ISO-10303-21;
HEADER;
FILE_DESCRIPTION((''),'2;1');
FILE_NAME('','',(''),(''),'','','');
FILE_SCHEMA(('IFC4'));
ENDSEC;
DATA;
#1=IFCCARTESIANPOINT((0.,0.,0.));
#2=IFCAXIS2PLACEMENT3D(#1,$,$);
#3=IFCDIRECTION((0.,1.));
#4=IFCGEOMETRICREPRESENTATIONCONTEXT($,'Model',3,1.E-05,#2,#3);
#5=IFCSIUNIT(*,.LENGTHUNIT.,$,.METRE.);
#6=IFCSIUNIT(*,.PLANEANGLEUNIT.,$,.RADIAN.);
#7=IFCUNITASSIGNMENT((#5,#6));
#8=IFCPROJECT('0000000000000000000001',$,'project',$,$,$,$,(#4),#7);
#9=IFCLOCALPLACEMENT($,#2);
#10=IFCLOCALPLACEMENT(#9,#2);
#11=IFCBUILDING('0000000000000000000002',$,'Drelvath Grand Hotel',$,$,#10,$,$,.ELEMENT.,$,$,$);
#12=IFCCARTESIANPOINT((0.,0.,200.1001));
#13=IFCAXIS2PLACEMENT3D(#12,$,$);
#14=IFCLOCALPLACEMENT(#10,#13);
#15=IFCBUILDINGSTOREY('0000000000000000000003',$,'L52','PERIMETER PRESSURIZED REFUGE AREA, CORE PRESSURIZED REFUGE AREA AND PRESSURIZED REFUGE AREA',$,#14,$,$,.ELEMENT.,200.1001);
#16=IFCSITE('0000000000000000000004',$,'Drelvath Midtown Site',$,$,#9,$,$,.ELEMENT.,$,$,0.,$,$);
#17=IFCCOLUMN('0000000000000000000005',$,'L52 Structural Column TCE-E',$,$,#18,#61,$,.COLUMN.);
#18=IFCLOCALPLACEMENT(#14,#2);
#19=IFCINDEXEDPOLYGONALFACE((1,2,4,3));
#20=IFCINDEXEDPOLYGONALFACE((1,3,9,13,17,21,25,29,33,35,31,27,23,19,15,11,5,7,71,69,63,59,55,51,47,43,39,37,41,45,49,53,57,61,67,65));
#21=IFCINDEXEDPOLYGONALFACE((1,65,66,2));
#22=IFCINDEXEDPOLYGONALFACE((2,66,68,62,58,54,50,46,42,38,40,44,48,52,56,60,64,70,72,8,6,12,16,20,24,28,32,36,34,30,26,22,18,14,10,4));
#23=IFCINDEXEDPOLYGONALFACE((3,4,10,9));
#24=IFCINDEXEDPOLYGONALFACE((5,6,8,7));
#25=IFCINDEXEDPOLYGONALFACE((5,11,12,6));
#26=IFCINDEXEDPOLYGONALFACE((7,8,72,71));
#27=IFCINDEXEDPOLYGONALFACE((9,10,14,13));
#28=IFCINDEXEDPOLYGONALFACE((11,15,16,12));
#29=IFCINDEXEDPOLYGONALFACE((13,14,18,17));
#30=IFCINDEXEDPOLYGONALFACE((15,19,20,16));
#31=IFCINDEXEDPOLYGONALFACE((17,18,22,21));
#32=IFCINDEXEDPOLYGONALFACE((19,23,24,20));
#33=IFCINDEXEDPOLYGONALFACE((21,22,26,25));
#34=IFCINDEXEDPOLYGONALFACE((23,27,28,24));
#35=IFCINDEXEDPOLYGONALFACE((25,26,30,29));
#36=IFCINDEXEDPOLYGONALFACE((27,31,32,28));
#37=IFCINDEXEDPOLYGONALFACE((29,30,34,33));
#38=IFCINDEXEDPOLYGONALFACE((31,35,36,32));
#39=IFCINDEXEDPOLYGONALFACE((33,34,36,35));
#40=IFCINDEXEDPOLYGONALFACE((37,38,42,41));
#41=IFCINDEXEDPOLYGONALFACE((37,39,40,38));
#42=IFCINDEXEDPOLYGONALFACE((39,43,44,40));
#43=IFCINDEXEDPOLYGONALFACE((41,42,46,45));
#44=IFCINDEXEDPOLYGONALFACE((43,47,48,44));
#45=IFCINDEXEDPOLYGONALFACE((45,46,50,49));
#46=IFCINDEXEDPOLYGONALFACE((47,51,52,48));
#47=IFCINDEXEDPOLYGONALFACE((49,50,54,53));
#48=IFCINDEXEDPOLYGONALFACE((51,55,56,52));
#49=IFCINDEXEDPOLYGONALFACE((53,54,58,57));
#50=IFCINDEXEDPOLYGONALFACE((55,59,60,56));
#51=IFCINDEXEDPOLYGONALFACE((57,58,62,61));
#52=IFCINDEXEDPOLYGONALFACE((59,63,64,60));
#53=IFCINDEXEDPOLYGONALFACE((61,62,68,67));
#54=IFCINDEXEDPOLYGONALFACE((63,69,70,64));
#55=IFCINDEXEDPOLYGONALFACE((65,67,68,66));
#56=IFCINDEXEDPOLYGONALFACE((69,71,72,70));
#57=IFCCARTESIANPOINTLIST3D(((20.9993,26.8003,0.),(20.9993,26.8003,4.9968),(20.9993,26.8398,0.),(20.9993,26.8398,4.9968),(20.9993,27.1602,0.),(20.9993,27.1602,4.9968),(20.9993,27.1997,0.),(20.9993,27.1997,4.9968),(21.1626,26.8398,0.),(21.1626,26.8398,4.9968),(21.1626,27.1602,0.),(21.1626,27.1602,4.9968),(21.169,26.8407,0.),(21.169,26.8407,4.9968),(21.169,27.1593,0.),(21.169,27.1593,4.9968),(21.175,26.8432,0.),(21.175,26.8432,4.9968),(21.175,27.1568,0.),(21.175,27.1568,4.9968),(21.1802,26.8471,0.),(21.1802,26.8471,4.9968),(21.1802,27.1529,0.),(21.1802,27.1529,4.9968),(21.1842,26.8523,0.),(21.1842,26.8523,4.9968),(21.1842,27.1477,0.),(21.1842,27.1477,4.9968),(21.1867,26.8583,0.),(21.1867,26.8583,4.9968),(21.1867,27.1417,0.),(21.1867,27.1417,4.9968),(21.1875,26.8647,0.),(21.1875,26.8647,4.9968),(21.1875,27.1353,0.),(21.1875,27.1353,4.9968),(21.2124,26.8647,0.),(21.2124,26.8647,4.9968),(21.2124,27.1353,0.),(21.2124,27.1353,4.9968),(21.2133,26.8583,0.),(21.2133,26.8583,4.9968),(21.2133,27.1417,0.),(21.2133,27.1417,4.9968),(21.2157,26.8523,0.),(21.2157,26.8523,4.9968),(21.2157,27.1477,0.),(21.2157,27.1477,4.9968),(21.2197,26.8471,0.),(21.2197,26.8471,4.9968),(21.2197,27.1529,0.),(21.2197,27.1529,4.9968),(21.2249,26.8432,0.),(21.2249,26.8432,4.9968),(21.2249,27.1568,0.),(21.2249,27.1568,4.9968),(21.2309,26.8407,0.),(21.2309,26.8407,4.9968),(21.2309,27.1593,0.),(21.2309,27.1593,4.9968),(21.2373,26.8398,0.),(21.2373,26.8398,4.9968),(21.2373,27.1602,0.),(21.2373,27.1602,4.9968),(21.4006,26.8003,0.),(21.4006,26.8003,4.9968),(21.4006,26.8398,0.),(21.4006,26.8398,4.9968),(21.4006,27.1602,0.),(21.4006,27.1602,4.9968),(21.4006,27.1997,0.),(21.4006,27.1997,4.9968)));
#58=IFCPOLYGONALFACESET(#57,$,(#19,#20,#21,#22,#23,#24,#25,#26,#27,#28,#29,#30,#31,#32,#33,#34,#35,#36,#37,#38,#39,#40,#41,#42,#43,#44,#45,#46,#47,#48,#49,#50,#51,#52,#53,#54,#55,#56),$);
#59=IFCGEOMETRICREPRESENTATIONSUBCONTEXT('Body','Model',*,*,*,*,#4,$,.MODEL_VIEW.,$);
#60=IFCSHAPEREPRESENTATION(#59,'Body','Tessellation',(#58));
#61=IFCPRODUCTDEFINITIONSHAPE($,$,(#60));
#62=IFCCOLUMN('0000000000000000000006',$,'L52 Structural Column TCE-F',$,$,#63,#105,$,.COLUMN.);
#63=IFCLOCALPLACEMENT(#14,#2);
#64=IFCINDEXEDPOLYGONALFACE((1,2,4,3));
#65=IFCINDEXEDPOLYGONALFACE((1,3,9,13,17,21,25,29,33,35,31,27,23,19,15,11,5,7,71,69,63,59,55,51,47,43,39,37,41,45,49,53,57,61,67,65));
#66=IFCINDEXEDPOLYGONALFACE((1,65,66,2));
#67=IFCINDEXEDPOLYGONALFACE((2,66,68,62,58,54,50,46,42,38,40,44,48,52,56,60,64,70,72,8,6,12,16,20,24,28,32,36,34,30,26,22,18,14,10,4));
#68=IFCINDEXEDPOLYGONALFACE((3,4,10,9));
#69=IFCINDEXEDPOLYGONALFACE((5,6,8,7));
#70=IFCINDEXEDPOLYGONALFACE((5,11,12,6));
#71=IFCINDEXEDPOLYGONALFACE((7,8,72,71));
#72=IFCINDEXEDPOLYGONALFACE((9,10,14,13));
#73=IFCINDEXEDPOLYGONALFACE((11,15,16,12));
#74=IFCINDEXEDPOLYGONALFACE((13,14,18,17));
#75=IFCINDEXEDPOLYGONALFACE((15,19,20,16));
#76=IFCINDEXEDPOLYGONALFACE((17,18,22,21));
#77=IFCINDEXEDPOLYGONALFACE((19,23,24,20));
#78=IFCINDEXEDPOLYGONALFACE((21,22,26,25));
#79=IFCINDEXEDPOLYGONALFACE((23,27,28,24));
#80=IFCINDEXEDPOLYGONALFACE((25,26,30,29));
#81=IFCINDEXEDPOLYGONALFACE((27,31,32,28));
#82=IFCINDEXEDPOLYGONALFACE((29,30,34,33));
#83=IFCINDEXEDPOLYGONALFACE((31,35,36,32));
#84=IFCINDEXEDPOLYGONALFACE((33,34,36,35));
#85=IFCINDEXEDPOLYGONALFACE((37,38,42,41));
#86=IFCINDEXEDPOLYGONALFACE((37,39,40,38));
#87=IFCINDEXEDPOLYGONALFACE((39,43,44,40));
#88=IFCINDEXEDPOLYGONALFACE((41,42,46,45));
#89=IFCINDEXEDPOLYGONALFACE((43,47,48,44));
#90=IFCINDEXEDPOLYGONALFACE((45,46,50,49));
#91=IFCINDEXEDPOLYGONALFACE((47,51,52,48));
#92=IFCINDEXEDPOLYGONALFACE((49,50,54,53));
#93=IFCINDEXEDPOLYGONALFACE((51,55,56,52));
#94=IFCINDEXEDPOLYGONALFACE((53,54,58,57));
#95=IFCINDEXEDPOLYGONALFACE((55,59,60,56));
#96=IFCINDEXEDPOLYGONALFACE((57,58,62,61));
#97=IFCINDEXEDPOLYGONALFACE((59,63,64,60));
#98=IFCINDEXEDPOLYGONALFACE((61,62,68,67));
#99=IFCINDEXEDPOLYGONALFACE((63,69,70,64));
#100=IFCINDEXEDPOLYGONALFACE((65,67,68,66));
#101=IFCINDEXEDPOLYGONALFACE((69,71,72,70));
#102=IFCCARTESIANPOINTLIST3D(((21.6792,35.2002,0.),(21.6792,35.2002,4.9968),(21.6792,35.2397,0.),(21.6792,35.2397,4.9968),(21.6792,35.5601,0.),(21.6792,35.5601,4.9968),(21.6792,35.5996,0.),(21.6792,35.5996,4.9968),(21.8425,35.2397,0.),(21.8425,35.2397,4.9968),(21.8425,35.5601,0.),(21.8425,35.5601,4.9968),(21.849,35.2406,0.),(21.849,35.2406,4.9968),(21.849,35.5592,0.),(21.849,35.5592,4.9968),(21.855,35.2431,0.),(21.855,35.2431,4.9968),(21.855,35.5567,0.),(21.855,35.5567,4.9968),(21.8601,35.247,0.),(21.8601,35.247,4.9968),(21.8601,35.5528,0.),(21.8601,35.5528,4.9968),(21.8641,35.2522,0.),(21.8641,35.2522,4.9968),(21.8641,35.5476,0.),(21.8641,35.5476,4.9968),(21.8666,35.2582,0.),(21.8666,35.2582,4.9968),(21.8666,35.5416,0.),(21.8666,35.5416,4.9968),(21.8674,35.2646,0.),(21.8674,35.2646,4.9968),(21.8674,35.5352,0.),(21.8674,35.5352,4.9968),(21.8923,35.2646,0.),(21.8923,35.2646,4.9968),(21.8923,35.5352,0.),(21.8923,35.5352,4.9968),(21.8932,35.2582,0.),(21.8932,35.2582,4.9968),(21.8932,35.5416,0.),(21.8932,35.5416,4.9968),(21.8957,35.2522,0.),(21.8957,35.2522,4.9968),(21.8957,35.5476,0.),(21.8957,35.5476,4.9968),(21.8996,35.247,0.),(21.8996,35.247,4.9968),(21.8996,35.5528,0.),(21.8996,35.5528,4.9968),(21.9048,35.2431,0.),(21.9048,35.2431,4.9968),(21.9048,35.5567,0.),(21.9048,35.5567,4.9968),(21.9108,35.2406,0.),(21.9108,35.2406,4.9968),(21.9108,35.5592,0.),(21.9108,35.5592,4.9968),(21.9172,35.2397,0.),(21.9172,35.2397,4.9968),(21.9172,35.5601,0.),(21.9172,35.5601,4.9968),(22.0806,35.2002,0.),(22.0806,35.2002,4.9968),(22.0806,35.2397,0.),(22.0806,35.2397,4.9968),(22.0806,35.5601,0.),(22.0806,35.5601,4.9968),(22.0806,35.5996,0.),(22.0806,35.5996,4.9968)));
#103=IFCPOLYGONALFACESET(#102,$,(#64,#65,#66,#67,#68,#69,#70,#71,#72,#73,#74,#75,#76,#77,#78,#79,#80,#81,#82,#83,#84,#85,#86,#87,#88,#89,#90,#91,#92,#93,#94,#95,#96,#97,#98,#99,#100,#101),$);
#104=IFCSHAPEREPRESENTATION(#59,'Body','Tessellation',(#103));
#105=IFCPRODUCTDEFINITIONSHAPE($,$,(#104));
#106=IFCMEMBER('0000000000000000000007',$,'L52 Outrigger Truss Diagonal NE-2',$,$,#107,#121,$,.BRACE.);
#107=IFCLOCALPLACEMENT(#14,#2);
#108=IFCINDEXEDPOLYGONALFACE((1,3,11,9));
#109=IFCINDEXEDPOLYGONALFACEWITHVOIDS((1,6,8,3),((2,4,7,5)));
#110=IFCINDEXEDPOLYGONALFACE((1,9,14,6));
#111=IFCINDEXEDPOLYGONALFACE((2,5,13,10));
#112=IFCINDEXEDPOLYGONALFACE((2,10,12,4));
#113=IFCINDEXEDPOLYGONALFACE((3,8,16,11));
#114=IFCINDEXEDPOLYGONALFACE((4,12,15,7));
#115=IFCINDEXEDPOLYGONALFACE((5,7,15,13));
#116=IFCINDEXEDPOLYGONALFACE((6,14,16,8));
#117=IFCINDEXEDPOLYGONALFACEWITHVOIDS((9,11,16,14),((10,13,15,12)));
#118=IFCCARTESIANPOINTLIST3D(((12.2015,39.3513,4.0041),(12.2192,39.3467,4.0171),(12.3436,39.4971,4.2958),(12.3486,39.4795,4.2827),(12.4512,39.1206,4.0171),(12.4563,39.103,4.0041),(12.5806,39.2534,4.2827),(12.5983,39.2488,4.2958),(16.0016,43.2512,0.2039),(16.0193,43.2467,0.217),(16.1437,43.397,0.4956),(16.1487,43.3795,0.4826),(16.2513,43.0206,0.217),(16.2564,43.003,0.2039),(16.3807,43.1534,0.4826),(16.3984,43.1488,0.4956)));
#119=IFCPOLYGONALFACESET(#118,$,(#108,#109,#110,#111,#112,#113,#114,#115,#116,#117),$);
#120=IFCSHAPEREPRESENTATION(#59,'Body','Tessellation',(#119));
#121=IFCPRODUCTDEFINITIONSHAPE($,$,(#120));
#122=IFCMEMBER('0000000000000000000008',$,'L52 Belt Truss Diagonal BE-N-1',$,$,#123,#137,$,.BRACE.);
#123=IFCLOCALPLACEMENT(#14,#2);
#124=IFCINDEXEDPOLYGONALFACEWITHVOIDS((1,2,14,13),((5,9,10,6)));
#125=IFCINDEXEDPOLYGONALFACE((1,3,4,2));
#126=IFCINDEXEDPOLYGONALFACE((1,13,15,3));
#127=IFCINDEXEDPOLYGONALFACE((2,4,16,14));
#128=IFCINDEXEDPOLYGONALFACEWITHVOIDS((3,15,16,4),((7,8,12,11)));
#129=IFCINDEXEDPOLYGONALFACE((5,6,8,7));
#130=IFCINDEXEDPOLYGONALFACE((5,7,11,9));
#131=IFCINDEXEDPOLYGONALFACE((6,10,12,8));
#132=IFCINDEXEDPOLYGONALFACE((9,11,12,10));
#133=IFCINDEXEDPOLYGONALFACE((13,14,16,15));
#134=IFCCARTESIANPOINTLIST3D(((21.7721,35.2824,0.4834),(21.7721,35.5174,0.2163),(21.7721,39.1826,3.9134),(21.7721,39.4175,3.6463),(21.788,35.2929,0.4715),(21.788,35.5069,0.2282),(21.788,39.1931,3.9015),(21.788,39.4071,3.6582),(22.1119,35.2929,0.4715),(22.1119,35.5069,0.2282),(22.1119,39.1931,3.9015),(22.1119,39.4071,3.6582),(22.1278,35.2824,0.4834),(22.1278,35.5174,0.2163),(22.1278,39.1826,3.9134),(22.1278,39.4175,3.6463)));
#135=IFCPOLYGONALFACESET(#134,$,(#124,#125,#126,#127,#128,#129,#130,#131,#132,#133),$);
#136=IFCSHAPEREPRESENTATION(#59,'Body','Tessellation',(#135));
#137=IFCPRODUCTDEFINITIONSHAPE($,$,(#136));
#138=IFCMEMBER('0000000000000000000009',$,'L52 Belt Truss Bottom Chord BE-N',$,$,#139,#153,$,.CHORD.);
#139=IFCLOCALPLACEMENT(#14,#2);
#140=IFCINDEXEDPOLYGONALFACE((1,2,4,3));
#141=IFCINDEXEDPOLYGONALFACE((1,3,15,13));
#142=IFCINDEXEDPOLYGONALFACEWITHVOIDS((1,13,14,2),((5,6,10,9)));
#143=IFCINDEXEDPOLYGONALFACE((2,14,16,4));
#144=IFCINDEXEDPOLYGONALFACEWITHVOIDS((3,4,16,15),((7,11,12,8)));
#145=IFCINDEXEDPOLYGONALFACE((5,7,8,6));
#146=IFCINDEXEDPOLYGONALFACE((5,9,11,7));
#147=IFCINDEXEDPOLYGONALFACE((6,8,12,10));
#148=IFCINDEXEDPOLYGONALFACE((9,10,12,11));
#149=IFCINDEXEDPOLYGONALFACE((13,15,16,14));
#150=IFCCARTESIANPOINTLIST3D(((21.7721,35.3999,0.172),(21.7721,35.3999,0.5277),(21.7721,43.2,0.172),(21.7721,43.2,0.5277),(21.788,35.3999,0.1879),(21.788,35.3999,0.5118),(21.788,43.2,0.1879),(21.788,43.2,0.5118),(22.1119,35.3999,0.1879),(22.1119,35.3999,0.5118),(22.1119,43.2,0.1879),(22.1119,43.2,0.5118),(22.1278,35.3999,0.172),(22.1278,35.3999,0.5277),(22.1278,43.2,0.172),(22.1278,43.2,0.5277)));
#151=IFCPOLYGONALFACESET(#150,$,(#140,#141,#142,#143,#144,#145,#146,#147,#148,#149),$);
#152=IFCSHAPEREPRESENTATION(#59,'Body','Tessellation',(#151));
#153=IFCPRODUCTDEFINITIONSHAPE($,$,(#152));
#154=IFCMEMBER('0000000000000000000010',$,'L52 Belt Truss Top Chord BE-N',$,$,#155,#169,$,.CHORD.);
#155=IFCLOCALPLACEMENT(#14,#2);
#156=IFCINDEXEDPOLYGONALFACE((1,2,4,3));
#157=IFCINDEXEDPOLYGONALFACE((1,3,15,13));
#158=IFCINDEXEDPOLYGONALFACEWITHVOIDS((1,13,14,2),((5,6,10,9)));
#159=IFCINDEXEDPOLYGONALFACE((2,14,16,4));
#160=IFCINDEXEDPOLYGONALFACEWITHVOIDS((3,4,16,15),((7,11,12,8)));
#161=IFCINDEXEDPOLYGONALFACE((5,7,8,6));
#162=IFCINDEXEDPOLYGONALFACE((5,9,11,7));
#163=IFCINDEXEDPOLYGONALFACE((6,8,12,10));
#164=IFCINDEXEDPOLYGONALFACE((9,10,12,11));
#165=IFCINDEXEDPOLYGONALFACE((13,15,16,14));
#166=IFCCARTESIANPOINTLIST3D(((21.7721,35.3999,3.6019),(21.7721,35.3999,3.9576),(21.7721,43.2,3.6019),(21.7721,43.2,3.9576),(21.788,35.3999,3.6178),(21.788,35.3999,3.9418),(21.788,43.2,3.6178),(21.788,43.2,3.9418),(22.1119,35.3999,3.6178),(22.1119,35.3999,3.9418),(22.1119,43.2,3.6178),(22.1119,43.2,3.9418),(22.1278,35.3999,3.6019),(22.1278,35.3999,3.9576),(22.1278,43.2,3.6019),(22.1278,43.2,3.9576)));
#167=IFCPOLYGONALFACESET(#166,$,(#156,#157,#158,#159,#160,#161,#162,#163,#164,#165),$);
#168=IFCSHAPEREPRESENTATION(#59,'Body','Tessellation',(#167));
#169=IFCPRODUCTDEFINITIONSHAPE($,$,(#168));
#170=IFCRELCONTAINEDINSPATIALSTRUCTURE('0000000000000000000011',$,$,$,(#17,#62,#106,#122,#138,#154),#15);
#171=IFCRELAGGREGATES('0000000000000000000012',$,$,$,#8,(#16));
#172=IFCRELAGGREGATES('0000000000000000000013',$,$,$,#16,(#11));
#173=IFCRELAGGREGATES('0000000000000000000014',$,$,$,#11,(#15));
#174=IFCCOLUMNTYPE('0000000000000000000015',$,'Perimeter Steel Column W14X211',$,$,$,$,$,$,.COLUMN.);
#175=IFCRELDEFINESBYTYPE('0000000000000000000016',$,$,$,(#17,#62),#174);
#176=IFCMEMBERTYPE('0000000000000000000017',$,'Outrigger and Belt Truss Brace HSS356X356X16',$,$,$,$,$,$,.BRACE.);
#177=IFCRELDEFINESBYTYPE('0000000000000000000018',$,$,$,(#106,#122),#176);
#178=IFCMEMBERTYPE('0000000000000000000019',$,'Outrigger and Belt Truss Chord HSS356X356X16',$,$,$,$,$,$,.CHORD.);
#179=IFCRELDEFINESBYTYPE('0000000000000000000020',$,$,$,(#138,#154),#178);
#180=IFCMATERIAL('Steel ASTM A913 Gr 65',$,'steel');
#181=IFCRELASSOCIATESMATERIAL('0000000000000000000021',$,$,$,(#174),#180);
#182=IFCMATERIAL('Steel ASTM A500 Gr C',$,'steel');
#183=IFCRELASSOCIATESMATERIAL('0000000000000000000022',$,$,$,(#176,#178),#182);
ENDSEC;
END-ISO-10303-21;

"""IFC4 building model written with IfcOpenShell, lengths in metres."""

from ifc_helpers import new_model, si_unit, direction, frame, origin, origin_2d, place, context, subcontext, project, spatial, hollow_rectangle, i_section, extrude, material, material_profile, profile_set, type_object, element, save


model = new_model("IFC4")

# Units and contexts
model_context = context("Model", 3, precision=1e-05, world=origin(), true_north=direction((0.0, 1.0)))
body_context = subcontext(model_context, "Body", "Model", "MODEL_VIEW")
ifc_project = project(units=[si_unit("LENGTHUNIT", "METRE"), si_unit("PLANEANGLEUNIT", "RADIAN")], contexts=[model_context])

# Site, building, storey
site_placement = place(None, origin())
site = spatial("IfcSite", under=ifc_project, at=site_placement, Name="Drelvath Midtown Site", CompositionType="ELEMENT", RefElevation=0.0)
building_placement = place(site_placement, origin())
building = spatial("IfcBuilding", under=site, at=building_placement, Name="Drelvath Grand Hotel", CompositionType="ELEMENT")
storey_placement = place(building_placement, frame((0.0, 0.0, 200.1001)))
storey = spatial("IfcBuildingStorey", under=building, at=storey_placement, Name="L52", Description="PERIMETER PRESSURIZED REFUGE AREA, CORE PRESSURIZED REFUGE AREA AND PRESSURIZED REFUGE AREA", CompositionType="ELEMENT", Elevation=200.1001)

# Columns
ifc_material_1 = material(Name="Steel ASTM A913 Gr 65", Category="steel")
ifc_material_profile_1 = material_profile(ifc_material_1, i_section(OverallWidth=0.4014, OverallDepth=0.3994, WebThickness=0.0249, FlangeThickness=0.0396, FilletRadius=0.0249, at=origin_2d()), Name="W14X211")
ifc_profile_set_1 = profile_set([ifc_material_profile_1], Name="Steel ASTM A913 Gr 65")
column_type = type_object("IfcColumnType", Name="Perimeter Steel Column W14X211", PredefinedType="COLUMN", material=ifc_profile_set_1)
for number, where, z_axis, x_axis, name in (
    (1, (21.2, 27.0, 0.0), (0.0, 0.0, 1.0), (1.0, 0.0, 0.0), "L52 Structural Column TCE-E"),
    (2, (21.8799, 35.3999, 0.0), (0.0, 0.0, 1.0), (1.0, 0.0, 0.0), "L52 Structural Column TCE-F"),
):
    element("IfcColumn", number, at=place(storey_placement, frame(where, z_axis=z_axis, x_axis=x_axis)), inside=storey, type_object=column_type, Name=name, PredefinedType="COLUMN", context=body_context, shape_type="SweptSolid", body=[
        extrude(i_section(OverallWidth=0.4014, OverallDepth=0.3994, WebThickness=0.0249, FlangeThickness=0.0396, FilletRadius=0.0249, at=origin_2d()), origin(), (0.0, 0.0, 1.0), 4.9968),
    ])

# Members
ifc_material_2 = material(Name="Steel ASTM A500 Gr C", Category="steel")
ifc_material_profile_2 = material_profile(ifc_material_2, hollow_rectangle(XDim=0.3557, YDim=0.3557, WallThickness=0.0159, at=origin_2d()), Name="HSS356X356X16")
ifc_profile_set_2 = profile_set([ifc_material_profile_2], Name="Steel ASTM A500 Gr C")
member_type_1 = type_object("IfcMemberType", Name="Outrigger and Belt Truss Brace HSS356X356X16", PredefinedType="BRACE", material=ifc_profile_set_2)
member_1_placement = place(storey_placement, frame((12.3999, 39.3, 4.1499), z_axis=(0.572294, 0.587332, -0.572294), x_axis=(-0.716216, 0.697878, 0.0)))
element("IfcMember", 3, at=member_1_placement, inside=storey, type_object=member_type_1, Name="L52 Outrigger Truss Diagonal NE-2", PredefinedType="BRACE", context=body_context, shape_type="SweptSolid", body=[
    extrude(hollow_rectangle(XDim=0.3557, YDim=0.3557, WallThickness=0.0159, at=origin_2d()), origin(), (0.0, 0.0, 1.0), 6.6401),
])
member_2_placement = place(storey_placement, frame((21.95, 35.3999, 0.3499), z_axis=(0.0, 0.750923, 0.660389), x_axis=(-1.0, 0.0, 0.0)))
element("IfcMember", 4, at=member_2_placement, inside=storey, type_object=member_type_1, Name="L52 Belt Truss Diagonal BE-N-1", PredefinedType="BRACE", context=body_context, shape_type="SweptSolid", body=[
    extrude(hollow_rectangle(XDim=0.3557, YDim=0.3557, WallThickness=0.0159, at=origin_2d()), origin(), (0.0, 0.0, 1.0), 5.1938),
])
ifc_material_profile_3 = material_profile(ifc_material_2, hollow_rectangle(XDim=0.3557, YDim=0.3557, WallThickness=0.0159, at=origin_2d()), Name="HSS356X356X16")
ifc_profile_set_3 = profile_set([ifc_material_profile_3], Name="Steel ASTM A500 Gr C")
member_type_2 = type_object("IfcMemberType", Name="Outrigger and Belt Truss Chord HSS356X356X16", PredefinedType="CHORD", material=ifc_profile_set_3)
for number, where, z_axis, x_axis, name in (
    (5, (21.95, 35.3999, 0.3499), (0.0, 1.0, 0.0), (-1.0, 0.0, 0.0), "L52 Belt Truss Bottom Chord BE-N"),
    (6, (21.95, 35.3999, 3.7798), (0.0, 1.0, 0.0), (-1.0, 0.0, 0.0), "L52 Belt Truss Top Chord BE-N"),
):
    element("IfcMember", number, at=place(storey_placement, frame(where, z_axis=z_axis, x_axis=x_axis)), inside=storey, type_object=member_type_2, Name=name, PredefinedType="CHORD", context=body_context, shape_type="SweptSolid", body=[
        extrude(hollow_rectangle(XDim=0.3557, YDim=0.3557, WallThickness=0.0159, at=origin_2d()), origin(), (0.0, 0.0, 1.0), 7.8),
    ])

save(model, "model.ifc")
